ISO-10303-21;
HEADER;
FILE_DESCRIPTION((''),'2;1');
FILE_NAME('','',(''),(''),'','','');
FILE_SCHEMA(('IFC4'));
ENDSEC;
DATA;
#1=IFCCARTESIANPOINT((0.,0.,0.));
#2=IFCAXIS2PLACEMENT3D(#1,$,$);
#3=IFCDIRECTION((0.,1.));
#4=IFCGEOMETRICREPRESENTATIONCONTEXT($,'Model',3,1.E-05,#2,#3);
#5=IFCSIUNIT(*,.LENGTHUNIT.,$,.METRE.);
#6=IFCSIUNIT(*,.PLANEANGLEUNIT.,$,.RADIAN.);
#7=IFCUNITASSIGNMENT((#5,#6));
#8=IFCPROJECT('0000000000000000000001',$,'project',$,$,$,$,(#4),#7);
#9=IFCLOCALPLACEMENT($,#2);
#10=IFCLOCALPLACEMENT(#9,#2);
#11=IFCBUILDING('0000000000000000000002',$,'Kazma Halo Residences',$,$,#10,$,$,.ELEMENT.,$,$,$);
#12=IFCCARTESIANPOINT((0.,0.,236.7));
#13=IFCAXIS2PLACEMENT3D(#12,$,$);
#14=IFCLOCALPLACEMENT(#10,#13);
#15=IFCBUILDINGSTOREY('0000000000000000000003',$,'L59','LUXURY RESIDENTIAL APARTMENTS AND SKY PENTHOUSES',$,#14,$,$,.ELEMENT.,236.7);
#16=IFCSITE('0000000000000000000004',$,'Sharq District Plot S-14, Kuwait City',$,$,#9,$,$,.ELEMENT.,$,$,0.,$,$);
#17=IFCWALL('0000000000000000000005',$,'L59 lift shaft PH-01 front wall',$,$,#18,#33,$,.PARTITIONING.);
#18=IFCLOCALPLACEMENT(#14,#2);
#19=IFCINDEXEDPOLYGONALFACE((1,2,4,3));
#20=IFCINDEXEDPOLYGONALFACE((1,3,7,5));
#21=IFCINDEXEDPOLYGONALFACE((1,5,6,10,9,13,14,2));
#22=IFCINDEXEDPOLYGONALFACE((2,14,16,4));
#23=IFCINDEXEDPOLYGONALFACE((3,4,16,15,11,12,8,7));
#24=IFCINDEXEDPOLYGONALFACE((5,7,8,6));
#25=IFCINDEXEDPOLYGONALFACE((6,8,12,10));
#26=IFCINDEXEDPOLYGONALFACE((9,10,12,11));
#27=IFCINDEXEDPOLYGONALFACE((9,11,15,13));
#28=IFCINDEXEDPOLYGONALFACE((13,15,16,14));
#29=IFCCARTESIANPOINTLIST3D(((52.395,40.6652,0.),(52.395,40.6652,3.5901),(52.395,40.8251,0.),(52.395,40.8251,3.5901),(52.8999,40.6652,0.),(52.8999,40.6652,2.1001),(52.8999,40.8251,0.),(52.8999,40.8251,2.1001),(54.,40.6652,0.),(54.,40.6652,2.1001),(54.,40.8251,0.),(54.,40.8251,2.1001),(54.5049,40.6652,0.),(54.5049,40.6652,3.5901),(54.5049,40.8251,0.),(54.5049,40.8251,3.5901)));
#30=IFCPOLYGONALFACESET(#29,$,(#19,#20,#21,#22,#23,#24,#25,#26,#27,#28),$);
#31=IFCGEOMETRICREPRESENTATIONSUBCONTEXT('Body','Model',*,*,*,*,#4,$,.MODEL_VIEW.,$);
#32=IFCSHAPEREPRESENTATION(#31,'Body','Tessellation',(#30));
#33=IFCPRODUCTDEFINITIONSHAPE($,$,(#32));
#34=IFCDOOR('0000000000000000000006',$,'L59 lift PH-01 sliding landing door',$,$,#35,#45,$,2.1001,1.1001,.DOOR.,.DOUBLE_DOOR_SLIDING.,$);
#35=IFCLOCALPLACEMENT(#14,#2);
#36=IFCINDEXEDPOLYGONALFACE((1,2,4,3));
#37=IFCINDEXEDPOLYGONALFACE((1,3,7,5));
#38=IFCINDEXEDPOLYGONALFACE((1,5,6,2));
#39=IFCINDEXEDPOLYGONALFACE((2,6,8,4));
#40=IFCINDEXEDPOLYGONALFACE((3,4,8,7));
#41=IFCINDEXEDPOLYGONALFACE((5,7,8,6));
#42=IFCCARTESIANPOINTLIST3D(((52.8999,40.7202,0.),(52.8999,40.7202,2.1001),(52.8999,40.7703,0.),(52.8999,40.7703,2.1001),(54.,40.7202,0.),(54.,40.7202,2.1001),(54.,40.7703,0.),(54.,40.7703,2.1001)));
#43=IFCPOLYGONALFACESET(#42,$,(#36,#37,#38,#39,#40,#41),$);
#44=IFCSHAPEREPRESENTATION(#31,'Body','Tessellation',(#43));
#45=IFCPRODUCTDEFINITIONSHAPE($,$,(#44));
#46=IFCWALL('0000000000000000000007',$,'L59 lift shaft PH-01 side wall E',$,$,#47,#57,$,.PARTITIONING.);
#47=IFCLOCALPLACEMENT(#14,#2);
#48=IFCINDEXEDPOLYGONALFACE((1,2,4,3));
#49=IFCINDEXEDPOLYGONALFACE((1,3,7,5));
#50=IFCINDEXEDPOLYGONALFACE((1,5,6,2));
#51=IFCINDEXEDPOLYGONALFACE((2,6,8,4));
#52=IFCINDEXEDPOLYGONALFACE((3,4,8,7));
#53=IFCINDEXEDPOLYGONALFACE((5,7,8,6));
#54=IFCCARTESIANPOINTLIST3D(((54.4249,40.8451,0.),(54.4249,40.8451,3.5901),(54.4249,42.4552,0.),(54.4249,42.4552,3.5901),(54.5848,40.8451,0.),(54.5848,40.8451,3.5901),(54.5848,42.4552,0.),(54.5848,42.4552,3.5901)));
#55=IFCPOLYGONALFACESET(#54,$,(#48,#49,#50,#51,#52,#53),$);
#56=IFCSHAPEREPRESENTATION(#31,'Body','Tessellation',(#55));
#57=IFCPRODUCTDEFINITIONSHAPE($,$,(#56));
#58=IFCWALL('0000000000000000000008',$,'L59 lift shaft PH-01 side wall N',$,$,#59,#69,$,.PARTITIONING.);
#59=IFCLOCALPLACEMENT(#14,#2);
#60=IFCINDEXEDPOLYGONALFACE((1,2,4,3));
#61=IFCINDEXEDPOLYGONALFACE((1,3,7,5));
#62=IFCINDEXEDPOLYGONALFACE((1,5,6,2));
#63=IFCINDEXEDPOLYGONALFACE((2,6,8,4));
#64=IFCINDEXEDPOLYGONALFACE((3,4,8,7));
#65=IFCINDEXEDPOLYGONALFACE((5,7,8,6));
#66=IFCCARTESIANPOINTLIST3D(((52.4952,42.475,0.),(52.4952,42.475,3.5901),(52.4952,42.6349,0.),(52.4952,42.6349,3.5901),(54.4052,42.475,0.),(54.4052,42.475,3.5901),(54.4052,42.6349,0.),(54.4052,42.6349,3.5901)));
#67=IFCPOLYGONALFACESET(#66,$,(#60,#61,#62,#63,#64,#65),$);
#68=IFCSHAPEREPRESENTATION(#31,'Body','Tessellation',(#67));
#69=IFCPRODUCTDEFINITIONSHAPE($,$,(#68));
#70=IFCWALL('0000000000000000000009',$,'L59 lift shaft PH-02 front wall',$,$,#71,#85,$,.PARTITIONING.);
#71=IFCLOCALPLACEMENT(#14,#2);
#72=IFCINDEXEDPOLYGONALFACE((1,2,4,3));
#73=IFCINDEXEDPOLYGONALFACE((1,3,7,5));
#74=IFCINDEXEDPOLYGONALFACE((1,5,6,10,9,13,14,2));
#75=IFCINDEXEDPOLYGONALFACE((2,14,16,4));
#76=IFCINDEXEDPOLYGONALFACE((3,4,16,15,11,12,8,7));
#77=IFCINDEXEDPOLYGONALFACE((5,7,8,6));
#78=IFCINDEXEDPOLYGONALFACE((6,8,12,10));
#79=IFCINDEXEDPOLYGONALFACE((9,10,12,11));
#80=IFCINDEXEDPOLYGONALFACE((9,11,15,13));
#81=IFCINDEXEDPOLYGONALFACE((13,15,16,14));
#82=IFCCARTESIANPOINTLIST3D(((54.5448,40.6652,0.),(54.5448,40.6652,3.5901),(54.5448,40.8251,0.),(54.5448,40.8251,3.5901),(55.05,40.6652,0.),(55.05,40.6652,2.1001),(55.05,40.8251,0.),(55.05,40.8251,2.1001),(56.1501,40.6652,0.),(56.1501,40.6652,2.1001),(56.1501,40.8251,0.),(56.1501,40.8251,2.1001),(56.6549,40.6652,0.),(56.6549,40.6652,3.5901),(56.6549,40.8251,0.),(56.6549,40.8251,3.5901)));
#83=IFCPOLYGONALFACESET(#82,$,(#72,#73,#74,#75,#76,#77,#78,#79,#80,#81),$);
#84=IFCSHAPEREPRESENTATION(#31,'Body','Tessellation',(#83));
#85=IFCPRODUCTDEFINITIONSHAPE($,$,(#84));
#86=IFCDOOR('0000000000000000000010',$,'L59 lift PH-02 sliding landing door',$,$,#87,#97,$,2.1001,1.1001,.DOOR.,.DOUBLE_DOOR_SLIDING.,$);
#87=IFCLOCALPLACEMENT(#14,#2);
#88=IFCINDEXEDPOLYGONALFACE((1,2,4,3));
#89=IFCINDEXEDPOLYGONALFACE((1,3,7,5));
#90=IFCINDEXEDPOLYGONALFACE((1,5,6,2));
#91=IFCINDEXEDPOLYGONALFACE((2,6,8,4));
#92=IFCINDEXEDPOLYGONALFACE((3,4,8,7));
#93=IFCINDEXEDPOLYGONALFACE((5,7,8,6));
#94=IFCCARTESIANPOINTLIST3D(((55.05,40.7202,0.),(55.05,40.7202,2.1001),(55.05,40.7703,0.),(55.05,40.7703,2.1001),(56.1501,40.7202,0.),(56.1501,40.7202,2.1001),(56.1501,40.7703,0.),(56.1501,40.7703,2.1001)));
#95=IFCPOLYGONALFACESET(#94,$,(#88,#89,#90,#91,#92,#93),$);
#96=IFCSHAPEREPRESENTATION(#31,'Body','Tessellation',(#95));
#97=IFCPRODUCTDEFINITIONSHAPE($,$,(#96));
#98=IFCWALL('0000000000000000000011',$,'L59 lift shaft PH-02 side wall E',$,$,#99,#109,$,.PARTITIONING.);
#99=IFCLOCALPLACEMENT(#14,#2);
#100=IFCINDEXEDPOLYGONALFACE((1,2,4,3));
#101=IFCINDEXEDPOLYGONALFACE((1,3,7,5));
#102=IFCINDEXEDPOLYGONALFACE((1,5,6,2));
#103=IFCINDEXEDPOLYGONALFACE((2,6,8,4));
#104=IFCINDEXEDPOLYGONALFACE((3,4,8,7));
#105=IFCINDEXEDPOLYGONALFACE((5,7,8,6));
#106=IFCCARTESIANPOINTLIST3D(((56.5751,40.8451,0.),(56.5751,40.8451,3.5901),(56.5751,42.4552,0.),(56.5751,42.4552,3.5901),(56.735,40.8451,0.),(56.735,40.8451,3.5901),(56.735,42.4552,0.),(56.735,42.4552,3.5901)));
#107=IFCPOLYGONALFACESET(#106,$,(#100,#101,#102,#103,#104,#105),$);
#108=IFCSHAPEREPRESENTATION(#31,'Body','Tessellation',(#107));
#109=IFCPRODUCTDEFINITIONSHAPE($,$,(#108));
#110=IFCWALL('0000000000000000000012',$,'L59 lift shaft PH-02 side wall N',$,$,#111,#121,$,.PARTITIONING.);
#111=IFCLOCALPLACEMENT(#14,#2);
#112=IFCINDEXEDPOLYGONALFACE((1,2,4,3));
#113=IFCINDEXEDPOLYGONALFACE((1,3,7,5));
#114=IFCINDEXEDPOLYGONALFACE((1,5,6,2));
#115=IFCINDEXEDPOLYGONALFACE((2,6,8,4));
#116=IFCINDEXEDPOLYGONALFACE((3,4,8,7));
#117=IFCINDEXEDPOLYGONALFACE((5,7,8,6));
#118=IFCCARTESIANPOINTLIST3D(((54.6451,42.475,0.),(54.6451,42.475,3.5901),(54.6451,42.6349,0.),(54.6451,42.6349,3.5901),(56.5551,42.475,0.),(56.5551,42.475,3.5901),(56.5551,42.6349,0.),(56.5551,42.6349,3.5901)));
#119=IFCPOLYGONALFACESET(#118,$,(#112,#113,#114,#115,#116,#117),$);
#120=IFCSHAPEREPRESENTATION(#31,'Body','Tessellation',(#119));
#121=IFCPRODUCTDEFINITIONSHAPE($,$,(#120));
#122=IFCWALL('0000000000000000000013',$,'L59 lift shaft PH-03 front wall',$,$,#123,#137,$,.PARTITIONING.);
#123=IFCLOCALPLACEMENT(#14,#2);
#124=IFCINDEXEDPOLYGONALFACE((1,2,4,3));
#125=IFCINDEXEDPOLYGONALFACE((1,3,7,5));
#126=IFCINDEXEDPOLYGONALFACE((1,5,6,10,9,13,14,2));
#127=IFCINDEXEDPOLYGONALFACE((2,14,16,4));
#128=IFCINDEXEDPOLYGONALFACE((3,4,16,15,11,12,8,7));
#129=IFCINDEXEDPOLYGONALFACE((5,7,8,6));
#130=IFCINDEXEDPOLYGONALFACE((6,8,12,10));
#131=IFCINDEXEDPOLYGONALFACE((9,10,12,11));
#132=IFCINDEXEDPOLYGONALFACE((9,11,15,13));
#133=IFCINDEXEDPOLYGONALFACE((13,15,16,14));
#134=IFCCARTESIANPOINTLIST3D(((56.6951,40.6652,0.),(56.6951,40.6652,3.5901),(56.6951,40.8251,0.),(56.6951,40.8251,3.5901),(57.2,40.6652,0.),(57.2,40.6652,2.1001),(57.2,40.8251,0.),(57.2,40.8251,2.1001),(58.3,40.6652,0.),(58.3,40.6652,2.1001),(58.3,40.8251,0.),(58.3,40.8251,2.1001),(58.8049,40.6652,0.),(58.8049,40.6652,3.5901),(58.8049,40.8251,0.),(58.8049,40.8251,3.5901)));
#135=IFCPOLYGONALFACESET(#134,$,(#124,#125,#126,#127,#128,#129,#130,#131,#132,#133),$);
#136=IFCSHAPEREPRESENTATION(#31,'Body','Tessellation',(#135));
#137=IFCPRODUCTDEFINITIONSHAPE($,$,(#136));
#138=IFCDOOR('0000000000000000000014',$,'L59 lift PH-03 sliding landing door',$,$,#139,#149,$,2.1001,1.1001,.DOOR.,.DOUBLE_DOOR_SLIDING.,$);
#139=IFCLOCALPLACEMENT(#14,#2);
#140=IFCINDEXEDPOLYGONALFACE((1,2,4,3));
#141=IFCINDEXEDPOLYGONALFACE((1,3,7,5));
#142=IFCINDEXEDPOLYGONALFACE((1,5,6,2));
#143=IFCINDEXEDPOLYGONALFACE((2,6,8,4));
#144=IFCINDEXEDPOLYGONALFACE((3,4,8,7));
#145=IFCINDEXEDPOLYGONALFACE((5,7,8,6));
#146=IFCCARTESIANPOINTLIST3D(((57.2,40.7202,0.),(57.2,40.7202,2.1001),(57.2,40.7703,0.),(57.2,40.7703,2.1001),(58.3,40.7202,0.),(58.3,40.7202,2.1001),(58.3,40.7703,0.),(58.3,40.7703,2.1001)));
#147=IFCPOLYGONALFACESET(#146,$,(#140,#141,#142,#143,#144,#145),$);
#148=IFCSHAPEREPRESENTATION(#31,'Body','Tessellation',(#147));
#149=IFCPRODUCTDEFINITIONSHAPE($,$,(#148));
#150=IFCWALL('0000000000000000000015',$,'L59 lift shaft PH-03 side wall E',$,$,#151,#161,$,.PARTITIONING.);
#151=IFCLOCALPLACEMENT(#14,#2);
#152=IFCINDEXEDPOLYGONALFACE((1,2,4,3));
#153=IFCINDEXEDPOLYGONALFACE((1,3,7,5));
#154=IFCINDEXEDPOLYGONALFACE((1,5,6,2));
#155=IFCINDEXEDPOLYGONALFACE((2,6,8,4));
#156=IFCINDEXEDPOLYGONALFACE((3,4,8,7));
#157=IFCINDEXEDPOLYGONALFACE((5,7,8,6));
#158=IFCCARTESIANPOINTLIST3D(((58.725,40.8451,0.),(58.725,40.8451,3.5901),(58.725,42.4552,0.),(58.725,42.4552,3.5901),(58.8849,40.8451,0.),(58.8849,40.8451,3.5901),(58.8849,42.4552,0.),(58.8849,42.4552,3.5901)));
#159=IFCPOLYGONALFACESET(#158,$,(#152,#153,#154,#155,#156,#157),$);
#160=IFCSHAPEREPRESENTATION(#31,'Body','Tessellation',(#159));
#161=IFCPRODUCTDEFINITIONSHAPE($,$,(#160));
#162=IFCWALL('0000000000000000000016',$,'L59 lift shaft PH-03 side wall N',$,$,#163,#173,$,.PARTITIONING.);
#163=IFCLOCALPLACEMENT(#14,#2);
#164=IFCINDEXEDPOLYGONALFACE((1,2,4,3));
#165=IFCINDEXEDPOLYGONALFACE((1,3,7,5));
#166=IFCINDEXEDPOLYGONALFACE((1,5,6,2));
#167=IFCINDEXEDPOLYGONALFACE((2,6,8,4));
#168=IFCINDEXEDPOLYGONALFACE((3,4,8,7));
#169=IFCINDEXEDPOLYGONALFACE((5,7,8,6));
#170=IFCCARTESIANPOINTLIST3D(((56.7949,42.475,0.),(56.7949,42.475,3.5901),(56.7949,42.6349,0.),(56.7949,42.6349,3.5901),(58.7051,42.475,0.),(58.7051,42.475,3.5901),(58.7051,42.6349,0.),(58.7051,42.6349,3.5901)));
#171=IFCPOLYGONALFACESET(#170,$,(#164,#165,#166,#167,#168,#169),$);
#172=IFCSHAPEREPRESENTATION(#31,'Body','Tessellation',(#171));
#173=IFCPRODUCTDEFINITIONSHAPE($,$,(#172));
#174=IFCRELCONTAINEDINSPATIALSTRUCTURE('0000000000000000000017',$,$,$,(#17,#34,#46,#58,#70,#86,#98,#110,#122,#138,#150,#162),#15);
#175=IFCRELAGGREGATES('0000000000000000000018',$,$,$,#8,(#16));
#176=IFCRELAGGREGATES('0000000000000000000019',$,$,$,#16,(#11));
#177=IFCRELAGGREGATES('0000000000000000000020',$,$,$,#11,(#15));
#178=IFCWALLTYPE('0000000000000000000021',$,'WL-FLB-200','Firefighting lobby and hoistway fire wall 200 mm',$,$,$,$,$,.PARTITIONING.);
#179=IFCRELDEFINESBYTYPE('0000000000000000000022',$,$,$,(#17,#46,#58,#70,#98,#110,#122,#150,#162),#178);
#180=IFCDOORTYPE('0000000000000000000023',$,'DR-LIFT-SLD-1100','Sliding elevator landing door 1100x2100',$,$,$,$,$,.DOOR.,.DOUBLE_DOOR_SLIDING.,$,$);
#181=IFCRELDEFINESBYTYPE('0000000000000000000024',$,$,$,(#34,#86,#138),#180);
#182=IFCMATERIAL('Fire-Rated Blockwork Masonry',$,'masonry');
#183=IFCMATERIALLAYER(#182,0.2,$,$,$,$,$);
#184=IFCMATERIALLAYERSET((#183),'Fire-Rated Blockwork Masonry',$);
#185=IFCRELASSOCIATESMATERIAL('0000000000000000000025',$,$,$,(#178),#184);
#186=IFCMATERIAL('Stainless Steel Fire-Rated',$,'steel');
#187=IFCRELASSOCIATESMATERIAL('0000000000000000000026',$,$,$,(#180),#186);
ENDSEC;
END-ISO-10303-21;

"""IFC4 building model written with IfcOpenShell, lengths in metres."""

from ifc_helpers import new_model, si_unit, direction, frame, frame_2d, origin, place, context, subcontext, project, spatial, rectangle, extrude, material, layer, layer_set, type_object, element, fill, save


model = new_model("IFC4")

# Units and contexts
model_context = context("Model", 3, precision=1e-05, world=origin(), true_north=direction((0.0, 1.0)))
body_context = subcontext(model_context, "Body", "Model", "MODEL_VIEW")
ifc_project = project(units=[si_unit("LENGTHUNIT", "METRE"), si_unit("PLANEANGLEUNIT", "RADIAN")], contexts=[model_context])

# Site, building, storey
site_placement = place(None, origin())
site = spatial("IfcSite", under=ifc_project, at=site_placement, Name="Sharq District Plot S-14, Kuwait City", CompositionType="ELEMENT", RefElevation=0.0)
building_placement = place(site_placement, origin())
building = spatial("IfcBuilding", under=site, at=building_placement, Name="Kazma Halo Residences", CompositionType="ELEMENT")
storey_placement = place(building_placement, frame((0.0, 0.0, 236.7)))
storey = spatial("IfcBuildingStorey", under=building, at=storey_placement, Name="L59", Description="LUXURY RESIDENTIAL APARTMENTS AND SKY PENTHOUSES", CompositionType="ELEMENT", Elevation=236.7)

# Wall, opening, door
ifc_material_1 = material(Name="Fire-Rated Blockwork Masonry", Category="masonry")
ifc_layer_1 = layer(ifc_material_1, 0.2)
ifc_layer_set_1 = layer_set([ifc_layer_1], Name="Fire-Rated Blockwork Masonry")
wall_type_1 = type_object("IfcWallType", Name="WL-FLB-200", Description="Firefighting lobby and hoistway fire wall 200 mm", PredefinedType="PARTITIONING", material=ifc_layer_set_1)
wall_1_placement = place(storey_placement, frame((54.5049, 40.7451, 0.0), z_axis=(0.0, 0.0, 1.0), x_axis=(-1.0, 0.0, 0.0)))
wall_1 = element("IfcWall", 1, at=wall_1_placement, inside=storey, type_object=wall_type_1, Name="L59 lift shaft PH-01 front wall", PredefinedType="PARTITIONING", context=body_context, shape_type="SweptSolid", body=[
    extrude(rectangle(XDim=2.1099, YDim=0.1599, at=frame_2d((1.0549, 0.0))), origin(), (0.0, 0.0, 1.0), 3.5901),
])
opening_1_placement = place(wall_1_placement, frame((0.5049, 0.0, 0.0)))
opening_1 = element("IfcOpeningElement", 2, at=opening_1_placement, cuts=wall_1, PredefinedType="OPENING", context=body_context, shape_type="SweptSolid", body=[
    extrude(rectangle(XDim=1.1001, YDim=2.1001, at=frame_2d((0.55, 1.05))), frame((0.0, 0.0898, 0.0), z_axis=(0.0, -1.0, 0.0), x_axis=(1.0, 0.0, 0.0)), (0.0, 0.0, 1.0), 0.1799),
])
ifc_material_2 = material(Name="Stainless Steel Fire-Rated", Category="steel")
door_type_1 = type_object("IfcDoorType", Name="DR-LIFT-SLD-1100", Description="Sliding elevator landing door 1100x2100", OperationType="DOUBLE_DOOR_SLIDING", PredefinedType="DOOR", material=ifc_material_2)
door_1_placement = place(opening_1_placement, origin())
door_1 = element("IfcDoor", 3, at=door_1_placement, inside=storey, type_object=door_type_1, Name="L59 lift PH-01 sliding landing door", OperationType="DOUBLE_DOOR_SLIDING", OverallHeight=2.1001, OverallWidth=1.1001, PredefinedType="DOOR", context=body_context, shape_type="SweptSolid", body=[
    extrude(rectangle(XDim=1.1001, YDim=2.1001, at=frame_2d((0.55, 1.05))), frame((0.0, 0.0249, 0.0), z_axis=(0.0, -1.0, 0.0), x_axis=(1.0, 0.0, 0.0)), (0.0, 0.0, 1.0), 0.05),
])
fill(opening_1, door_1)

# Walls
wall_2_placement = place(storey_placement, frame((54.5049, 40.845, 0.0), z_axis=(0.0, 0.0, 1.0), x_axis=(0.0, 1.0, 0.0)))
element("IfcWall", 4, at=wall_2_placement, inside=storey, type_object=wall_type_1, Name="L59 lift shaft PH-01 side wall E", PredefinedType="PARTITIONING", context=body_context, shape_type="SweptSolid", body=[
    extrude(rectangle(XDim=1.6101, YDim=0.1599, at=frame_2d((0.8052, 0.0))), origin(), (0.0, 0.0, 1.0), 3.5901),
])
wall_3_placement = place(storey_placement, frame((52.4951, 42.5549, 0.0), z_axis=(0.0, 0.0, 1.0), x_axis=(1.0, 0.0, 0.0)))
element("IfcWall", 5, at=wall_3_placement, inside=storey, type_object=wall_type_1, Name="L59 lift shaft PH-01 side wall N", PredefinedType="PARTITIONING", context=body_context, shape_type="SweptSolid", body=[
    extrude(rectangle(XDim=1.9099, YDim=0.1599, at=frame_2d((0.9551, 0.0))), origin(), (0.0, 0.0, 1.0), 3.5901),
])

# Wall, opening, door
wall_4_placement = place(storey_placement, frame((56.655, 40.7451, 0.0), z_axis=(0.0, 0.0, 1.0), x_axis=(-1.0, 0.0, 0.0)))
wall_4 = element("IfcWall", 6, at=wall_4_placement, inside=storey, type_object=wall_type_1, Name="L59 lift shaft PH-02 front wall", PredefinedType="PARTITIONING", context=body_context, shape_type="SweptSolid", body=[
    extrude(rectangle(XDim=2.1101, YDim=0.1599, at=frame_2d((1.0552, 0.0))), origin(), (0.0, 0.0, 1.0), 3.5901),
])
opening_2_placement = place(wall_4_placement, frame((0.5049, 0.0, 0.0)))
opening_2 = element("IfcOpeningElement", 7, at=opening_2_placement, cuts=wall_4, PredefinedType="OPENING", context=body_context, shape_type="SweptSolid", body=[
    extrude(rectangle(XDim=1.1001, YDim=2.1001, at=frame_2d((0.55, 1.05))), frame((0.0, 0.0898, 0.0), z_axis=(0.0, -1.0, 0.0), x_axis=(1.0, 0.0, 0.0)), (0.0, 0.0, 1.0), 0.1799),
])
door_2_placement = place(opening_2_placement, origin())
door_2 = element("IfcDoor", 8, at=door_2_placement, inside=storey, type_object=door_type_1, Name="L59 lift PH-02 sliding landing door", OperationType="DOUBLE_DOOR_SLIDING", OverallHeight=2.1001, OverallWidth=1.1001, PredefinedType="DOOR", context=body_context, shape_type="SweptSolid", body=[
    extrude(rectangle(XDim=1.1001, YDim=2.1001, at=frame_2d((0.55, 1.05))), frame((0.0, 0.0249, 0.0), z_axis=(0.0, -1.0, 0.0), x_axis=(1.0, 0.0, 0.0)), (0.0, 0.0, 1.0), 0.05),
])
fill(opening_2, door_2)

# Walls
wall_5_placement = place(storey_placement, frame((56.655, 40.845, 0.0), z_axis=(0.0, 0.0, 1.0), x_axis=(0.0, 1.0, 0.0)))
element("IfcWall", 9, at=wall_5_placement, inside=storey, type_object=wall_type_1, Name="L59 lift shaft PH-02 side wall E", PredefinedType="PARTITIONING", context=body_context, shape_type="SweptSolid", body=[
    extrude(rectangle(XDim=1.6101, YDim=0.1599, at=frame_2d((0.8052, 0.0))), origin(), (0.0, 0.0, 1.0), 3.5901),
])
wall_6_placement = place(storey_placement, frame((54.645, 42.5549, 0.0), z_axis=(0.0, 0.0, 1.0), x_axis=(1.0, 0.0, 0.0)))
element("IfcWall", 10, at=wall_6_placement, inside=storey, type_object=wall_type_1, Name="L59 lift shaft PH-02 side wall N", PredefinedType="PARTITIONING", context=body_context, shape_type="SweptSolid", body=[
    extrude(rectangle(XDim=1.9099, YDim=0.1599, at=frame_2d((0.9551, 0.0))), origin(), (0.0, 0.0, 1.0), 3.5901),
])

# Wall, opening, door
wall_7_placement = place(storey_placement, frame((58.8049, 40.7451, 0.0), z_axis=(0.0, 0.0, 1.0), x_axis=(-1.0, 0.0, 0.0)))
wall_7 = element("IfcWall", 11, at=wall_7_placement, inside=storey, type_object=wall_type_1, Name="L59 lift shaft PH-03 front wall", PredefinedType="PARTITIONING", context=body_context, shape_type="SweptSolid", body=[
    extrude(rectangle(XDim=2.1099, YDim=0.1599, at=frame_2d((1.0549, 0.0))), origin(), (0.0, 0.0, 1.0), 3.5901),
])
opening_3_placement = place(wall_7_placement, frame((0.5049, 0.0, 0.0)))
opening_3 = element("IfcOpeningElement", 12, at=opening_3_placement, cuts=wall_7, PredefinedType="OPENING", context=body_context, shape_type="SweptSolid", body=[
    extrude(rectangle(XDim=1.1001, YDim=2.1001, at=frame_2d((0.55, 1.05))), frame((0.0, 0.0898, 0.0), z_axis=(0.0, -1.0, 0.0), x_axis=(1.0, 0.0, 0.0)), (0.0, 0.0, 1.0), 0.1799),
])
door_3_placement = place(opening_3_placement, origin())
door_3 = element("IfcDoor", 13, at=door_3_placement, inside=storey, type_object=door_type_1, Name="L59 lift PH-03 sliding landing door", OperationType="DOUBLE_DOOR_SLIDING", OverallHeight=2.1001, OverallWidth=1.1001, PredefinedType="DOOR", context=body_context, shape_type="SweptSolid", body=[
    extrude(rectangle(XDim=1.1001, YDim=2.1001, at=frame_2d((0.55, 1.05))), frame((0.0, 0.0249, 0.0), z_axis=(0.0, -1.0, 0.0), x_axis=(1.0, 0.0, 0.0)), (0.0, 0.0, 1.0), 0.05),
])
fill(opening_3, door_3)

# Walls
wall_8_placement = place(storey_placement, frame((58.8049, 40.845, 0.0), z_axis=(0.0, 0.0, 1.0), x_axis=(0.0, 1.0, 0.0)))
element("IfcWall", 14, at=wall_8_placement, inside=storey, type_object=wall_type_1, Name="L59 lift shaft PH-03 side wall E", PredefinedType="PARTITIONING", context=body_context, shape_type="SweptSolid", body=[
    extrude(rectangle(XDim=1.6101, YDim=0.1599, at=frame_2d((0.8052, 0.0))), origin(), (0.0, 0.0, 1.0), 3.5901),
])
wall_9_placement = place(storey_placement, frame((56.7949, 42.5549, 0.0), z_axis=(0.0, 0.0, 1.0), x_axis=(1.0, 0.0, 0.0)))
element("IfcWall", 15, at=wall_9_placement, inside=storey, type_object=wall_type_1, Name="L59 lift shaft PH-03 side wall N", PredefinedType="PARTITIONING", context=body_context, shape_type="SweptSolid", body=[
    extrude(rectangle(XDim=1.9102, YDim=0.1599, at=frame_2d((0.9551, 0.0))), origin(), (0.0, 0.0, 1.0), 3.5901),
])

save(model, "model.ifc")
